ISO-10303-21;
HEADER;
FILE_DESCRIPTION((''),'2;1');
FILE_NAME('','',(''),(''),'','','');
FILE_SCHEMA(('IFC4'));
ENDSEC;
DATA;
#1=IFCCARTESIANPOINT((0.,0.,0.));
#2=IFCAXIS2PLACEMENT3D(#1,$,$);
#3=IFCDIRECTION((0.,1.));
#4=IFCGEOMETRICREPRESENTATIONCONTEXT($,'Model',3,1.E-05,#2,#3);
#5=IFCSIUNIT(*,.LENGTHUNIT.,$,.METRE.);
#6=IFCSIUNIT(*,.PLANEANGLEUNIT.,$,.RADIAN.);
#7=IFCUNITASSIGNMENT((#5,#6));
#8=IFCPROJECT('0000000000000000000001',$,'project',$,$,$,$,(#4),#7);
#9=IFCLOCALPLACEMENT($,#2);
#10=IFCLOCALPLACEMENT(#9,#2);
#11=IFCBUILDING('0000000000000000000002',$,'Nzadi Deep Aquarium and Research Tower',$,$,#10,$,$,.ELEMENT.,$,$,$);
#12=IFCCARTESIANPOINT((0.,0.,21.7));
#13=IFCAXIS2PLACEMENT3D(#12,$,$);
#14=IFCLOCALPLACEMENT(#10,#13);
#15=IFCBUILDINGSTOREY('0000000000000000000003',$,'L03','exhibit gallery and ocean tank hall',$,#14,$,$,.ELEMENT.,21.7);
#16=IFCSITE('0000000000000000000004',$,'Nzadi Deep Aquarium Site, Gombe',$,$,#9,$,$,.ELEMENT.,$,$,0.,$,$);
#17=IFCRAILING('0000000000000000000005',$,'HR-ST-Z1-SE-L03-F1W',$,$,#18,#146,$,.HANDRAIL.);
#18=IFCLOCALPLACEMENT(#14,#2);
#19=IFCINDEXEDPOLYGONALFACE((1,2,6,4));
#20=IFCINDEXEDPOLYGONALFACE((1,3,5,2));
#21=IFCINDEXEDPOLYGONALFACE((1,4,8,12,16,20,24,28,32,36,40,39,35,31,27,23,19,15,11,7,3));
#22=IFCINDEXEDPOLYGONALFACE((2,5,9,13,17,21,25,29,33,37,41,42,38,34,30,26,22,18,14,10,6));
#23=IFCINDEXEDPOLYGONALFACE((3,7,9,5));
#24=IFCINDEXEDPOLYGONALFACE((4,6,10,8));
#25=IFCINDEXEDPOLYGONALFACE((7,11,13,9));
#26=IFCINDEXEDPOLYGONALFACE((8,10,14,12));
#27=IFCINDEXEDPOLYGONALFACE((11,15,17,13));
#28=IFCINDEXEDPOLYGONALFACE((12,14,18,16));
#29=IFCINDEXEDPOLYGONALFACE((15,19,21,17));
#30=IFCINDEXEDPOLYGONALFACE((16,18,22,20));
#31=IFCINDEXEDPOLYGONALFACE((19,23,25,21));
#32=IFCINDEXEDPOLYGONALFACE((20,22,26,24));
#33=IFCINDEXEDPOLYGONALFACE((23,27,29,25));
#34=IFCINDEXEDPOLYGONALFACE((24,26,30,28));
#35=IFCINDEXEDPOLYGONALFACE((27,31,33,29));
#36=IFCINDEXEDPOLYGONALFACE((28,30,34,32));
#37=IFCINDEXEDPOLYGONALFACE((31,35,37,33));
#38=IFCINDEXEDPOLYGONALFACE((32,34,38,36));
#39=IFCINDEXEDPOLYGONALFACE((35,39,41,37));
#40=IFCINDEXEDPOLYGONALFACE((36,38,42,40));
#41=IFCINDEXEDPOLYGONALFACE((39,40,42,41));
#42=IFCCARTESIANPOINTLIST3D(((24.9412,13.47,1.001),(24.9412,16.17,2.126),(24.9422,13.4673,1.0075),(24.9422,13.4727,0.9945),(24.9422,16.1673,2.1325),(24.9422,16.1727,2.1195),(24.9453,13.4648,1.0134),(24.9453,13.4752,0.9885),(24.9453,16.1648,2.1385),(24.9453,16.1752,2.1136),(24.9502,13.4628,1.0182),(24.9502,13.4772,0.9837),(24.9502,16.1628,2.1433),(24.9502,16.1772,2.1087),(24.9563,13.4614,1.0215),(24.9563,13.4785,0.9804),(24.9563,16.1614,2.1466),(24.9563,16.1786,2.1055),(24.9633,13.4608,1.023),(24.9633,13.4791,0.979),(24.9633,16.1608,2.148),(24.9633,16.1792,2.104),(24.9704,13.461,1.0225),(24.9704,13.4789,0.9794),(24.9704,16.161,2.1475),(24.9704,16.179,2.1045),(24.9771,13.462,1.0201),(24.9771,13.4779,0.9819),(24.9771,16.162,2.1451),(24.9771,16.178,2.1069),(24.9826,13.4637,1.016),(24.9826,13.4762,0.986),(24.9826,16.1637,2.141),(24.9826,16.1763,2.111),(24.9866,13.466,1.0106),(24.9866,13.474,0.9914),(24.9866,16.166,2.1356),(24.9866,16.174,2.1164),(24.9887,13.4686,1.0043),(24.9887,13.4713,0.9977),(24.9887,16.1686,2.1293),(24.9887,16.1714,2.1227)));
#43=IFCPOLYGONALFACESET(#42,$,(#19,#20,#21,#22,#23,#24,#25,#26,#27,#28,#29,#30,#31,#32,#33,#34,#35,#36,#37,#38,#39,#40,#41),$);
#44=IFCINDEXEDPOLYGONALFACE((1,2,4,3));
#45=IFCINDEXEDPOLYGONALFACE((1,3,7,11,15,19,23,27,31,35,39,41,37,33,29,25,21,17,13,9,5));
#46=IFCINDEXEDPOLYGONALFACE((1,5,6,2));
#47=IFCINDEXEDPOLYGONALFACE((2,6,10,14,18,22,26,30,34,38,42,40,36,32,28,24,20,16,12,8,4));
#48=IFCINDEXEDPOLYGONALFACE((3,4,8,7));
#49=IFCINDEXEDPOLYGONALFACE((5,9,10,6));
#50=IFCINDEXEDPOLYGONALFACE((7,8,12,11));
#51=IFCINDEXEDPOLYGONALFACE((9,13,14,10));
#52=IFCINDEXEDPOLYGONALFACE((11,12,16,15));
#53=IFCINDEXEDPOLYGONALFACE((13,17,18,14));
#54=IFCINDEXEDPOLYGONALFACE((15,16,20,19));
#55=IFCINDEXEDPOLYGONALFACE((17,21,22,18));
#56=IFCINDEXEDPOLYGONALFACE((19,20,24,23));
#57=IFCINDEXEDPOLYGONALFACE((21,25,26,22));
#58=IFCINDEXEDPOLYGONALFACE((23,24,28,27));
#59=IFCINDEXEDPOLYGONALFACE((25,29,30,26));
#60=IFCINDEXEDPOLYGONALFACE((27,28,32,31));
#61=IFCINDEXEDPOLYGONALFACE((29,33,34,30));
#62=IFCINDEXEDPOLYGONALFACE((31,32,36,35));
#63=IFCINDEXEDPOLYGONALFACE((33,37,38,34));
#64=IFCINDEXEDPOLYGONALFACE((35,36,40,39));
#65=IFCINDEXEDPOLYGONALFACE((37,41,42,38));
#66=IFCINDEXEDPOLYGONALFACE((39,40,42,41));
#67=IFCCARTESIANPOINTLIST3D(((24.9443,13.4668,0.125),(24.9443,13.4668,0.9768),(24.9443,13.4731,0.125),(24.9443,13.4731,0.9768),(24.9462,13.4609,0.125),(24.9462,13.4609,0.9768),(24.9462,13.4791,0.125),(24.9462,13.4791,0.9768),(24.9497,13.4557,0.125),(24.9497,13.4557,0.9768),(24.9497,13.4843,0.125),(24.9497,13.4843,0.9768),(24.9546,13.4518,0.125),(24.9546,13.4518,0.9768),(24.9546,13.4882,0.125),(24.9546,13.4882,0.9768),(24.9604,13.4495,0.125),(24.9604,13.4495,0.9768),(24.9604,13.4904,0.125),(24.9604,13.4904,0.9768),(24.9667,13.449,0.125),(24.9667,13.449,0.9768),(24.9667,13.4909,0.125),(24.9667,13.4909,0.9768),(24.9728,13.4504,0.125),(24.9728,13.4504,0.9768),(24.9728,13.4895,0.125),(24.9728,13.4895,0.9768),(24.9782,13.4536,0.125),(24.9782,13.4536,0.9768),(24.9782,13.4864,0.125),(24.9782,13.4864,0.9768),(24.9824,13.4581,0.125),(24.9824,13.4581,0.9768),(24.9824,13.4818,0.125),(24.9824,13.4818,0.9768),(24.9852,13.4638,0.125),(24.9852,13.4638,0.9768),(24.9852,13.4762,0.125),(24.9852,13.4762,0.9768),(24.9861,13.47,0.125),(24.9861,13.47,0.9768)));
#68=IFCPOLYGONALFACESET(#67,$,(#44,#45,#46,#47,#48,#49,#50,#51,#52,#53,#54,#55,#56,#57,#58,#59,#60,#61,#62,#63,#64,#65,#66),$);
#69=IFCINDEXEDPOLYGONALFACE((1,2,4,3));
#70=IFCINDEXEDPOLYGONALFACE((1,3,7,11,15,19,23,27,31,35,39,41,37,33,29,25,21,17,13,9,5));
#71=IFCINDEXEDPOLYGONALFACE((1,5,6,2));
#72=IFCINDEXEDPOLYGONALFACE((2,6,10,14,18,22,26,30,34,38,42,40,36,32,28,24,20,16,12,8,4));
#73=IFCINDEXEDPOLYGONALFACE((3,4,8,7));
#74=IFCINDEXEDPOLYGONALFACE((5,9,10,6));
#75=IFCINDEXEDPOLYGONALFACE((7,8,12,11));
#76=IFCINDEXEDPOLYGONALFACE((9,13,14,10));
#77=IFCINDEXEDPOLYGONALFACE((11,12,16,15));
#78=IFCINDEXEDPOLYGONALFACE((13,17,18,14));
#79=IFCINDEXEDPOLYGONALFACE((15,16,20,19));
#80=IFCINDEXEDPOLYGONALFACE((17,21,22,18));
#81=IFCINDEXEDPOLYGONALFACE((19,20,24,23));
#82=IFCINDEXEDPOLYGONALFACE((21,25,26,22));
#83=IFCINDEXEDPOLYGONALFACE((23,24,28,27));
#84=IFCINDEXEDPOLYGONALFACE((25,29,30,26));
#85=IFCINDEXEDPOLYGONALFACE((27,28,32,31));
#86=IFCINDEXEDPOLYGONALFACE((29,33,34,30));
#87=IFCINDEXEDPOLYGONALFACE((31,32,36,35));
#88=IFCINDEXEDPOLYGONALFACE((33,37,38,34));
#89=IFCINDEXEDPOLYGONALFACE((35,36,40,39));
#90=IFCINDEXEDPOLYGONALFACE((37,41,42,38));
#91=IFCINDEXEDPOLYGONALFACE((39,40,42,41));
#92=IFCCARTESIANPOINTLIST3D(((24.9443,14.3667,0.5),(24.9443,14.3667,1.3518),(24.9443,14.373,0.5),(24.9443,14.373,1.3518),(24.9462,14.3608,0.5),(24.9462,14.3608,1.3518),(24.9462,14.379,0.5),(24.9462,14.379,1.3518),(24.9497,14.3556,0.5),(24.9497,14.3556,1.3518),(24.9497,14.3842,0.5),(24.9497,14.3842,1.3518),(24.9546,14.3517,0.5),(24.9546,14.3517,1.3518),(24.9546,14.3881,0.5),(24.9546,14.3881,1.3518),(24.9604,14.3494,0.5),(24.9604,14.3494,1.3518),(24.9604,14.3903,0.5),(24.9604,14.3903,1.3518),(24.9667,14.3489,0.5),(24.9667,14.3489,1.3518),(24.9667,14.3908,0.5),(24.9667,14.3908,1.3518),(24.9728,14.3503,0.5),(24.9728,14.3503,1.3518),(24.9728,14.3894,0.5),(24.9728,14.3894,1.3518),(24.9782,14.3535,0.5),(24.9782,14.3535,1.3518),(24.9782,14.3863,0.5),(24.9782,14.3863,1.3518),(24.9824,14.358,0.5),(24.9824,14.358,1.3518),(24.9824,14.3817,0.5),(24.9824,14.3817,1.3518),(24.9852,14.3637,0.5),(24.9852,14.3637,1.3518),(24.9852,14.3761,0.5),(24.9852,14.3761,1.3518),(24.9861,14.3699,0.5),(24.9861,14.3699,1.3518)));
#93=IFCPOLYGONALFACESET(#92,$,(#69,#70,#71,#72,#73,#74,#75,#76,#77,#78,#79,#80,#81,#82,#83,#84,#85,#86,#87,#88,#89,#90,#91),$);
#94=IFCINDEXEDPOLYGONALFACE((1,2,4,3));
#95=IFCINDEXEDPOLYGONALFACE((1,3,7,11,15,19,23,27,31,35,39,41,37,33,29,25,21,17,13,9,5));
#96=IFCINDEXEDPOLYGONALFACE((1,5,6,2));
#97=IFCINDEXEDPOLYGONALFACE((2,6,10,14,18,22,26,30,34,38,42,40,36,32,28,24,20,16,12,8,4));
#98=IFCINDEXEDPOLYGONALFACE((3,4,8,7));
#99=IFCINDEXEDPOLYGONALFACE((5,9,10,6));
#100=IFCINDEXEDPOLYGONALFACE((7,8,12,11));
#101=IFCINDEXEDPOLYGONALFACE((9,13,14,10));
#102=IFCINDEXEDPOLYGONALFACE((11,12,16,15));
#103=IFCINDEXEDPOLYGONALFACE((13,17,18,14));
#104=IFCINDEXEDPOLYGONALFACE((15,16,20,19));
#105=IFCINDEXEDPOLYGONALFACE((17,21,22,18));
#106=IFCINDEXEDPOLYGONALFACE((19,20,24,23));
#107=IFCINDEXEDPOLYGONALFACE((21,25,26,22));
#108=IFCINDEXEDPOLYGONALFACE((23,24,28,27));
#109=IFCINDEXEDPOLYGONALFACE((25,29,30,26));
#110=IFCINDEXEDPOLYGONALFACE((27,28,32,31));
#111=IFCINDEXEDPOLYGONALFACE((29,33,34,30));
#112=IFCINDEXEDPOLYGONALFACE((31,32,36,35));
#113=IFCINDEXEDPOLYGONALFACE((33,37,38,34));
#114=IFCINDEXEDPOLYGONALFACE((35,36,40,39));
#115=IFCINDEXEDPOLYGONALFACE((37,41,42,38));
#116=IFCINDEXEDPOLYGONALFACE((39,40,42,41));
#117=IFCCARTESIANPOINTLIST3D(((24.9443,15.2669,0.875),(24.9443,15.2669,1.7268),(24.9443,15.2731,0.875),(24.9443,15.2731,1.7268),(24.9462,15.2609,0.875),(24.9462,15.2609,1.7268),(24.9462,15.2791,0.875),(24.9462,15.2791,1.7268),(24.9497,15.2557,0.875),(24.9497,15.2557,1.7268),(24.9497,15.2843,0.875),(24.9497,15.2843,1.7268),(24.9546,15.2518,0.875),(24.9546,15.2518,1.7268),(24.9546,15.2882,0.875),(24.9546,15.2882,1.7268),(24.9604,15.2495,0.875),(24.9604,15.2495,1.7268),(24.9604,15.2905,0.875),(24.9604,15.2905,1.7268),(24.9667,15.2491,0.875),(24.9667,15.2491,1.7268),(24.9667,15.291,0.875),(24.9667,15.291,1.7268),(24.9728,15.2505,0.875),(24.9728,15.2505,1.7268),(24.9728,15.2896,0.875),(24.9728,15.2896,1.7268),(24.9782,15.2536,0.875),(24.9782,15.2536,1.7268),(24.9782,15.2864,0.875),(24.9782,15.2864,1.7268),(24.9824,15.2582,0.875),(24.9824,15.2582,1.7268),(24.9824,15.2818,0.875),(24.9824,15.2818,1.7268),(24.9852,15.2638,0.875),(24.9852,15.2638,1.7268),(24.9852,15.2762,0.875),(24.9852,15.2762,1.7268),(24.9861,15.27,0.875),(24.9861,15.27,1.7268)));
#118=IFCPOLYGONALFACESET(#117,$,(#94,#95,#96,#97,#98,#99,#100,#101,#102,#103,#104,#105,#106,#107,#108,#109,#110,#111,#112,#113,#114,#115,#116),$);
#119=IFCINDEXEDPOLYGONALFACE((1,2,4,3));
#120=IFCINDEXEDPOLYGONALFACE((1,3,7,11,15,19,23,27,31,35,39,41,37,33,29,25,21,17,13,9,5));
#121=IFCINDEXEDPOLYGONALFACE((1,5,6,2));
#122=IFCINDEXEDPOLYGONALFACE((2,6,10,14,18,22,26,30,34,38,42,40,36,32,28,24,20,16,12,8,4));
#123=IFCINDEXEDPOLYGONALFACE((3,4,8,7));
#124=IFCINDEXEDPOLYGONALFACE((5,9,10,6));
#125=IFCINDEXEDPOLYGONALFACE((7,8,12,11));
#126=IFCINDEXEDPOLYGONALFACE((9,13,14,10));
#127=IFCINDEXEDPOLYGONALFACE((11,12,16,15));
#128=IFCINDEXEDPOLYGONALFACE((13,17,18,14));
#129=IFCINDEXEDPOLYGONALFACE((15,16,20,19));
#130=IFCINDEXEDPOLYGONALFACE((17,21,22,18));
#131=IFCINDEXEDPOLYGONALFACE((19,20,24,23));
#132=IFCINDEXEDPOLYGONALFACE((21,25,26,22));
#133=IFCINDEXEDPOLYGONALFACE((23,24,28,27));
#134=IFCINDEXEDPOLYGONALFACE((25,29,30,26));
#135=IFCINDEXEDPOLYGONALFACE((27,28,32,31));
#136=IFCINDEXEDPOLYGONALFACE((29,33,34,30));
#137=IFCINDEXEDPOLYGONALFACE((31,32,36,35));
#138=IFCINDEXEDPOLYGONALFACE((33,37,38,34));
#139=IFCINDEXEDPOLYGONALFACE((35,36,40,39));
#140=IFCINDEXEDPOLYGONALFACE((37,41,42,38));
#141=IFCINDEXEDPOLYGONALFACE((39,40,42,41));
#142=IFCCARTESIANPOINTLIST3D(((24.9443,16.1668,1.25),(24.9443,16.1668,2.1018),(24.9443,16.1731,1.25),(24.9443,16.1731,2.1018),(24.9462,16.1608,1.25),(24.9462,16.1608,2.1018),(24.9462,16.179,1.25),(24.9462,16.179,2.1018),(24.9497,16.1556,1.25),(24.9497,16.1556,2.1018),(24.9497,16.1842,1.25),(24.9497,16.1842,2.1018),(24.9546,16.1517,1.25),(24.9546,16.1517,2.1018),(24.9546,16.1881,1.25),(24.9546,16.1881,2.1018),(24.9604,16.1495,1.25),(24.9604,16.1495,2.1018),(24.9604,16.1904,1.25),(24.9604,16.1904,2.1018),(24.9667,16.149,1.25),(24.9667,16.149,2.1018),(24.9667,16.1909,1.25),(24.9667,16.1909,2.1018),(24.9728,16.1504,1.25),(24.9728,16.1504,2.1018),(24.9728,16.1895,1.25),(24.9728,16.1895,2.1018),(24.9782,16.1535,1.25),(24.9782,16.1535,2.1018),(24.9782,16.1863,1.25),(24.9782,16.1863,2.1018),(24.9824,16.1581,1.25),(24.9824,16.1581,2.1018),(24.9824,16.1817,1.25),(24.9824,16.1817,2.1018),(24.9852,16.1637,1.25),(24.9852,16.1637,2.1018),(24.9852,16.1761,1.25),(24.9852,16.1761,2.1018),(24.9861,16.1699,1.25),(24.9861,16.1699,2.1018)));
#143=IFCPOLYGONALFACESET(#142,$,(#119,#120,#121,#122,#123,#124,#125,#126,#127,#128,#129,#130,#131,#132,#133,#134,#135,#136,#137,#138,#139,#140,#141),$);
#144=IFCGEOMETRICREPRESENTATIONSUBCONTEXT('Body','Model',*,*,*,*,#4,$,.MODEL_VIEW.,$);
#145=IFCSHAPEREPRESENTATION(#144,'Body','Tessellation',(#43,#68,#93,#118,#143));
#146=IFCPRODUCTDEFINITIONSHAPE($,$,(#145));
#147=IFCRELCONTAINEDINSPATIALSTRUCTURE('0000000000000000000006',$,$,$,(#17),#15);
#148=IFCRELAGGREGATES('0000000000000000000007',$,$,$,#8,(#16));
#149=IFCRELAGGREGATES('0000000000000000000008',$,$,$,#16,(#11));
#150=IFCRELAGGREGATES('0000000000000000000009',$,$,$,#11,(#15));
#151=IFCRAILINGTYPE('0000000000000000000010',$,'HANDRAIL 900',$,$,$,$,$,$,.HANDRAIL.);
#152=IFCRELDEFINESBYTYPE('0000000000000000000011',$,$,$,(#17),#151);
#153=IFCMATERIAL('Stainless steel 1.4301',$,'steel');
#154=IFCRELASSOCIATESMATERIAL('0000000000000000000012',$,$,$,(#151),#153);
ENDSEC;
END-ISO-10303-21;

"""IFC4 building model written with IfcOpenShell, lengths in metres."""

from ifc_helpers import new_model, si_unit, direction, frame, origin, origin_2d, place, context, subcontext, project, spatial, circle, extrude, material, type_object, element, save


model = new_model("IFC4")

# Units and contexts
model_context = context("Model", 3, precision=1e-05, world=origin(), true_north=direction((0.0, 1.0)))
body_context = subcontext(model_context, "Body", "Model", "MODEL_VIEW")
ifc_project = project(units=[si_unit("LENGTHUNIT", "METRE"), si_unit("PLANEANGLEUNIT", "RADIAN")], contexts=[model_context])

# Site, building, storey
site_placement = place(None, origin())
site = spatial("IfcSite", under=ifc_project, at=site_placement, Name="Nzadi Deep Aquarium Site, Gombe", CompositionType="ELEMENT", RefElevation=0.0)
building_placement = place(site_placement, origin())
building = spatial("IfcBuilding", under=site, at=building_placement, Name="Nzadi Deep Aquarium and Research Tower", CompositionType="ELEMENT")
storey_placement = place(building_placement, frame((0.0, 0.0, 21.7)))
storey = spatial("IfcBuildingStorey", under=building, at=storey_placement, Name="L03", Description="exhibit gallery and ocean tank hall", CompositionType="ELEMENT", Elevation=21.7)

# Railing
ifc_material_1 = material(Name="Stainless steel 1.4301", Category="steel")
railing_type = type_object("IfcRailingType", Name="HANDRAIL 900", PredefinedType="HANDRAIL", material=ifc_material_1)
railing_1_placement = place(storey_placement, frame((24.9651, 13.47, 0.125)))
element("IfcRailing", 1, at=railing_1_placement, inside=storey, type_object=railing_type, Name="HR-ST-Z1-SE-L03-F1W", PredefinedType="HANDRAIL", context=body_context, shape_type="SweptSolid", body=[
    extrude(circle(Radius=0.0239, at=origin_2d()), frame((0.0, 0.0, 0.876), z_axis=(0.0, 0.923074, 0.384621), x_axis=(-1.0, 0.0, 0.0)), (0.0, 0.0, 1.0), 2.925),
    extrude(circle(Radius=0.021, at=origin_2d()), origin(), (0.0, 0.0, 1.0), 0.8518),
    extrude(circle(Radius=0.021, at=origin_2d()), frame((0.0, 0.8999, 0.375)), (0.0, 0.0, 1.0), 0.8518),
    extrude(circle(Radius=0.021, at=origin_2d()), frame((0.0, 1.8, 0.75)), (0.0, 0.0, 1.0), 0.8518),
    extrude(circle(Radius=0.021, at=origin_2d()), frame((0.0, 2.7, 1.125)), (0.0, 0.0, 1.0), 0.8518),
])

save(model, "model.ifc")
